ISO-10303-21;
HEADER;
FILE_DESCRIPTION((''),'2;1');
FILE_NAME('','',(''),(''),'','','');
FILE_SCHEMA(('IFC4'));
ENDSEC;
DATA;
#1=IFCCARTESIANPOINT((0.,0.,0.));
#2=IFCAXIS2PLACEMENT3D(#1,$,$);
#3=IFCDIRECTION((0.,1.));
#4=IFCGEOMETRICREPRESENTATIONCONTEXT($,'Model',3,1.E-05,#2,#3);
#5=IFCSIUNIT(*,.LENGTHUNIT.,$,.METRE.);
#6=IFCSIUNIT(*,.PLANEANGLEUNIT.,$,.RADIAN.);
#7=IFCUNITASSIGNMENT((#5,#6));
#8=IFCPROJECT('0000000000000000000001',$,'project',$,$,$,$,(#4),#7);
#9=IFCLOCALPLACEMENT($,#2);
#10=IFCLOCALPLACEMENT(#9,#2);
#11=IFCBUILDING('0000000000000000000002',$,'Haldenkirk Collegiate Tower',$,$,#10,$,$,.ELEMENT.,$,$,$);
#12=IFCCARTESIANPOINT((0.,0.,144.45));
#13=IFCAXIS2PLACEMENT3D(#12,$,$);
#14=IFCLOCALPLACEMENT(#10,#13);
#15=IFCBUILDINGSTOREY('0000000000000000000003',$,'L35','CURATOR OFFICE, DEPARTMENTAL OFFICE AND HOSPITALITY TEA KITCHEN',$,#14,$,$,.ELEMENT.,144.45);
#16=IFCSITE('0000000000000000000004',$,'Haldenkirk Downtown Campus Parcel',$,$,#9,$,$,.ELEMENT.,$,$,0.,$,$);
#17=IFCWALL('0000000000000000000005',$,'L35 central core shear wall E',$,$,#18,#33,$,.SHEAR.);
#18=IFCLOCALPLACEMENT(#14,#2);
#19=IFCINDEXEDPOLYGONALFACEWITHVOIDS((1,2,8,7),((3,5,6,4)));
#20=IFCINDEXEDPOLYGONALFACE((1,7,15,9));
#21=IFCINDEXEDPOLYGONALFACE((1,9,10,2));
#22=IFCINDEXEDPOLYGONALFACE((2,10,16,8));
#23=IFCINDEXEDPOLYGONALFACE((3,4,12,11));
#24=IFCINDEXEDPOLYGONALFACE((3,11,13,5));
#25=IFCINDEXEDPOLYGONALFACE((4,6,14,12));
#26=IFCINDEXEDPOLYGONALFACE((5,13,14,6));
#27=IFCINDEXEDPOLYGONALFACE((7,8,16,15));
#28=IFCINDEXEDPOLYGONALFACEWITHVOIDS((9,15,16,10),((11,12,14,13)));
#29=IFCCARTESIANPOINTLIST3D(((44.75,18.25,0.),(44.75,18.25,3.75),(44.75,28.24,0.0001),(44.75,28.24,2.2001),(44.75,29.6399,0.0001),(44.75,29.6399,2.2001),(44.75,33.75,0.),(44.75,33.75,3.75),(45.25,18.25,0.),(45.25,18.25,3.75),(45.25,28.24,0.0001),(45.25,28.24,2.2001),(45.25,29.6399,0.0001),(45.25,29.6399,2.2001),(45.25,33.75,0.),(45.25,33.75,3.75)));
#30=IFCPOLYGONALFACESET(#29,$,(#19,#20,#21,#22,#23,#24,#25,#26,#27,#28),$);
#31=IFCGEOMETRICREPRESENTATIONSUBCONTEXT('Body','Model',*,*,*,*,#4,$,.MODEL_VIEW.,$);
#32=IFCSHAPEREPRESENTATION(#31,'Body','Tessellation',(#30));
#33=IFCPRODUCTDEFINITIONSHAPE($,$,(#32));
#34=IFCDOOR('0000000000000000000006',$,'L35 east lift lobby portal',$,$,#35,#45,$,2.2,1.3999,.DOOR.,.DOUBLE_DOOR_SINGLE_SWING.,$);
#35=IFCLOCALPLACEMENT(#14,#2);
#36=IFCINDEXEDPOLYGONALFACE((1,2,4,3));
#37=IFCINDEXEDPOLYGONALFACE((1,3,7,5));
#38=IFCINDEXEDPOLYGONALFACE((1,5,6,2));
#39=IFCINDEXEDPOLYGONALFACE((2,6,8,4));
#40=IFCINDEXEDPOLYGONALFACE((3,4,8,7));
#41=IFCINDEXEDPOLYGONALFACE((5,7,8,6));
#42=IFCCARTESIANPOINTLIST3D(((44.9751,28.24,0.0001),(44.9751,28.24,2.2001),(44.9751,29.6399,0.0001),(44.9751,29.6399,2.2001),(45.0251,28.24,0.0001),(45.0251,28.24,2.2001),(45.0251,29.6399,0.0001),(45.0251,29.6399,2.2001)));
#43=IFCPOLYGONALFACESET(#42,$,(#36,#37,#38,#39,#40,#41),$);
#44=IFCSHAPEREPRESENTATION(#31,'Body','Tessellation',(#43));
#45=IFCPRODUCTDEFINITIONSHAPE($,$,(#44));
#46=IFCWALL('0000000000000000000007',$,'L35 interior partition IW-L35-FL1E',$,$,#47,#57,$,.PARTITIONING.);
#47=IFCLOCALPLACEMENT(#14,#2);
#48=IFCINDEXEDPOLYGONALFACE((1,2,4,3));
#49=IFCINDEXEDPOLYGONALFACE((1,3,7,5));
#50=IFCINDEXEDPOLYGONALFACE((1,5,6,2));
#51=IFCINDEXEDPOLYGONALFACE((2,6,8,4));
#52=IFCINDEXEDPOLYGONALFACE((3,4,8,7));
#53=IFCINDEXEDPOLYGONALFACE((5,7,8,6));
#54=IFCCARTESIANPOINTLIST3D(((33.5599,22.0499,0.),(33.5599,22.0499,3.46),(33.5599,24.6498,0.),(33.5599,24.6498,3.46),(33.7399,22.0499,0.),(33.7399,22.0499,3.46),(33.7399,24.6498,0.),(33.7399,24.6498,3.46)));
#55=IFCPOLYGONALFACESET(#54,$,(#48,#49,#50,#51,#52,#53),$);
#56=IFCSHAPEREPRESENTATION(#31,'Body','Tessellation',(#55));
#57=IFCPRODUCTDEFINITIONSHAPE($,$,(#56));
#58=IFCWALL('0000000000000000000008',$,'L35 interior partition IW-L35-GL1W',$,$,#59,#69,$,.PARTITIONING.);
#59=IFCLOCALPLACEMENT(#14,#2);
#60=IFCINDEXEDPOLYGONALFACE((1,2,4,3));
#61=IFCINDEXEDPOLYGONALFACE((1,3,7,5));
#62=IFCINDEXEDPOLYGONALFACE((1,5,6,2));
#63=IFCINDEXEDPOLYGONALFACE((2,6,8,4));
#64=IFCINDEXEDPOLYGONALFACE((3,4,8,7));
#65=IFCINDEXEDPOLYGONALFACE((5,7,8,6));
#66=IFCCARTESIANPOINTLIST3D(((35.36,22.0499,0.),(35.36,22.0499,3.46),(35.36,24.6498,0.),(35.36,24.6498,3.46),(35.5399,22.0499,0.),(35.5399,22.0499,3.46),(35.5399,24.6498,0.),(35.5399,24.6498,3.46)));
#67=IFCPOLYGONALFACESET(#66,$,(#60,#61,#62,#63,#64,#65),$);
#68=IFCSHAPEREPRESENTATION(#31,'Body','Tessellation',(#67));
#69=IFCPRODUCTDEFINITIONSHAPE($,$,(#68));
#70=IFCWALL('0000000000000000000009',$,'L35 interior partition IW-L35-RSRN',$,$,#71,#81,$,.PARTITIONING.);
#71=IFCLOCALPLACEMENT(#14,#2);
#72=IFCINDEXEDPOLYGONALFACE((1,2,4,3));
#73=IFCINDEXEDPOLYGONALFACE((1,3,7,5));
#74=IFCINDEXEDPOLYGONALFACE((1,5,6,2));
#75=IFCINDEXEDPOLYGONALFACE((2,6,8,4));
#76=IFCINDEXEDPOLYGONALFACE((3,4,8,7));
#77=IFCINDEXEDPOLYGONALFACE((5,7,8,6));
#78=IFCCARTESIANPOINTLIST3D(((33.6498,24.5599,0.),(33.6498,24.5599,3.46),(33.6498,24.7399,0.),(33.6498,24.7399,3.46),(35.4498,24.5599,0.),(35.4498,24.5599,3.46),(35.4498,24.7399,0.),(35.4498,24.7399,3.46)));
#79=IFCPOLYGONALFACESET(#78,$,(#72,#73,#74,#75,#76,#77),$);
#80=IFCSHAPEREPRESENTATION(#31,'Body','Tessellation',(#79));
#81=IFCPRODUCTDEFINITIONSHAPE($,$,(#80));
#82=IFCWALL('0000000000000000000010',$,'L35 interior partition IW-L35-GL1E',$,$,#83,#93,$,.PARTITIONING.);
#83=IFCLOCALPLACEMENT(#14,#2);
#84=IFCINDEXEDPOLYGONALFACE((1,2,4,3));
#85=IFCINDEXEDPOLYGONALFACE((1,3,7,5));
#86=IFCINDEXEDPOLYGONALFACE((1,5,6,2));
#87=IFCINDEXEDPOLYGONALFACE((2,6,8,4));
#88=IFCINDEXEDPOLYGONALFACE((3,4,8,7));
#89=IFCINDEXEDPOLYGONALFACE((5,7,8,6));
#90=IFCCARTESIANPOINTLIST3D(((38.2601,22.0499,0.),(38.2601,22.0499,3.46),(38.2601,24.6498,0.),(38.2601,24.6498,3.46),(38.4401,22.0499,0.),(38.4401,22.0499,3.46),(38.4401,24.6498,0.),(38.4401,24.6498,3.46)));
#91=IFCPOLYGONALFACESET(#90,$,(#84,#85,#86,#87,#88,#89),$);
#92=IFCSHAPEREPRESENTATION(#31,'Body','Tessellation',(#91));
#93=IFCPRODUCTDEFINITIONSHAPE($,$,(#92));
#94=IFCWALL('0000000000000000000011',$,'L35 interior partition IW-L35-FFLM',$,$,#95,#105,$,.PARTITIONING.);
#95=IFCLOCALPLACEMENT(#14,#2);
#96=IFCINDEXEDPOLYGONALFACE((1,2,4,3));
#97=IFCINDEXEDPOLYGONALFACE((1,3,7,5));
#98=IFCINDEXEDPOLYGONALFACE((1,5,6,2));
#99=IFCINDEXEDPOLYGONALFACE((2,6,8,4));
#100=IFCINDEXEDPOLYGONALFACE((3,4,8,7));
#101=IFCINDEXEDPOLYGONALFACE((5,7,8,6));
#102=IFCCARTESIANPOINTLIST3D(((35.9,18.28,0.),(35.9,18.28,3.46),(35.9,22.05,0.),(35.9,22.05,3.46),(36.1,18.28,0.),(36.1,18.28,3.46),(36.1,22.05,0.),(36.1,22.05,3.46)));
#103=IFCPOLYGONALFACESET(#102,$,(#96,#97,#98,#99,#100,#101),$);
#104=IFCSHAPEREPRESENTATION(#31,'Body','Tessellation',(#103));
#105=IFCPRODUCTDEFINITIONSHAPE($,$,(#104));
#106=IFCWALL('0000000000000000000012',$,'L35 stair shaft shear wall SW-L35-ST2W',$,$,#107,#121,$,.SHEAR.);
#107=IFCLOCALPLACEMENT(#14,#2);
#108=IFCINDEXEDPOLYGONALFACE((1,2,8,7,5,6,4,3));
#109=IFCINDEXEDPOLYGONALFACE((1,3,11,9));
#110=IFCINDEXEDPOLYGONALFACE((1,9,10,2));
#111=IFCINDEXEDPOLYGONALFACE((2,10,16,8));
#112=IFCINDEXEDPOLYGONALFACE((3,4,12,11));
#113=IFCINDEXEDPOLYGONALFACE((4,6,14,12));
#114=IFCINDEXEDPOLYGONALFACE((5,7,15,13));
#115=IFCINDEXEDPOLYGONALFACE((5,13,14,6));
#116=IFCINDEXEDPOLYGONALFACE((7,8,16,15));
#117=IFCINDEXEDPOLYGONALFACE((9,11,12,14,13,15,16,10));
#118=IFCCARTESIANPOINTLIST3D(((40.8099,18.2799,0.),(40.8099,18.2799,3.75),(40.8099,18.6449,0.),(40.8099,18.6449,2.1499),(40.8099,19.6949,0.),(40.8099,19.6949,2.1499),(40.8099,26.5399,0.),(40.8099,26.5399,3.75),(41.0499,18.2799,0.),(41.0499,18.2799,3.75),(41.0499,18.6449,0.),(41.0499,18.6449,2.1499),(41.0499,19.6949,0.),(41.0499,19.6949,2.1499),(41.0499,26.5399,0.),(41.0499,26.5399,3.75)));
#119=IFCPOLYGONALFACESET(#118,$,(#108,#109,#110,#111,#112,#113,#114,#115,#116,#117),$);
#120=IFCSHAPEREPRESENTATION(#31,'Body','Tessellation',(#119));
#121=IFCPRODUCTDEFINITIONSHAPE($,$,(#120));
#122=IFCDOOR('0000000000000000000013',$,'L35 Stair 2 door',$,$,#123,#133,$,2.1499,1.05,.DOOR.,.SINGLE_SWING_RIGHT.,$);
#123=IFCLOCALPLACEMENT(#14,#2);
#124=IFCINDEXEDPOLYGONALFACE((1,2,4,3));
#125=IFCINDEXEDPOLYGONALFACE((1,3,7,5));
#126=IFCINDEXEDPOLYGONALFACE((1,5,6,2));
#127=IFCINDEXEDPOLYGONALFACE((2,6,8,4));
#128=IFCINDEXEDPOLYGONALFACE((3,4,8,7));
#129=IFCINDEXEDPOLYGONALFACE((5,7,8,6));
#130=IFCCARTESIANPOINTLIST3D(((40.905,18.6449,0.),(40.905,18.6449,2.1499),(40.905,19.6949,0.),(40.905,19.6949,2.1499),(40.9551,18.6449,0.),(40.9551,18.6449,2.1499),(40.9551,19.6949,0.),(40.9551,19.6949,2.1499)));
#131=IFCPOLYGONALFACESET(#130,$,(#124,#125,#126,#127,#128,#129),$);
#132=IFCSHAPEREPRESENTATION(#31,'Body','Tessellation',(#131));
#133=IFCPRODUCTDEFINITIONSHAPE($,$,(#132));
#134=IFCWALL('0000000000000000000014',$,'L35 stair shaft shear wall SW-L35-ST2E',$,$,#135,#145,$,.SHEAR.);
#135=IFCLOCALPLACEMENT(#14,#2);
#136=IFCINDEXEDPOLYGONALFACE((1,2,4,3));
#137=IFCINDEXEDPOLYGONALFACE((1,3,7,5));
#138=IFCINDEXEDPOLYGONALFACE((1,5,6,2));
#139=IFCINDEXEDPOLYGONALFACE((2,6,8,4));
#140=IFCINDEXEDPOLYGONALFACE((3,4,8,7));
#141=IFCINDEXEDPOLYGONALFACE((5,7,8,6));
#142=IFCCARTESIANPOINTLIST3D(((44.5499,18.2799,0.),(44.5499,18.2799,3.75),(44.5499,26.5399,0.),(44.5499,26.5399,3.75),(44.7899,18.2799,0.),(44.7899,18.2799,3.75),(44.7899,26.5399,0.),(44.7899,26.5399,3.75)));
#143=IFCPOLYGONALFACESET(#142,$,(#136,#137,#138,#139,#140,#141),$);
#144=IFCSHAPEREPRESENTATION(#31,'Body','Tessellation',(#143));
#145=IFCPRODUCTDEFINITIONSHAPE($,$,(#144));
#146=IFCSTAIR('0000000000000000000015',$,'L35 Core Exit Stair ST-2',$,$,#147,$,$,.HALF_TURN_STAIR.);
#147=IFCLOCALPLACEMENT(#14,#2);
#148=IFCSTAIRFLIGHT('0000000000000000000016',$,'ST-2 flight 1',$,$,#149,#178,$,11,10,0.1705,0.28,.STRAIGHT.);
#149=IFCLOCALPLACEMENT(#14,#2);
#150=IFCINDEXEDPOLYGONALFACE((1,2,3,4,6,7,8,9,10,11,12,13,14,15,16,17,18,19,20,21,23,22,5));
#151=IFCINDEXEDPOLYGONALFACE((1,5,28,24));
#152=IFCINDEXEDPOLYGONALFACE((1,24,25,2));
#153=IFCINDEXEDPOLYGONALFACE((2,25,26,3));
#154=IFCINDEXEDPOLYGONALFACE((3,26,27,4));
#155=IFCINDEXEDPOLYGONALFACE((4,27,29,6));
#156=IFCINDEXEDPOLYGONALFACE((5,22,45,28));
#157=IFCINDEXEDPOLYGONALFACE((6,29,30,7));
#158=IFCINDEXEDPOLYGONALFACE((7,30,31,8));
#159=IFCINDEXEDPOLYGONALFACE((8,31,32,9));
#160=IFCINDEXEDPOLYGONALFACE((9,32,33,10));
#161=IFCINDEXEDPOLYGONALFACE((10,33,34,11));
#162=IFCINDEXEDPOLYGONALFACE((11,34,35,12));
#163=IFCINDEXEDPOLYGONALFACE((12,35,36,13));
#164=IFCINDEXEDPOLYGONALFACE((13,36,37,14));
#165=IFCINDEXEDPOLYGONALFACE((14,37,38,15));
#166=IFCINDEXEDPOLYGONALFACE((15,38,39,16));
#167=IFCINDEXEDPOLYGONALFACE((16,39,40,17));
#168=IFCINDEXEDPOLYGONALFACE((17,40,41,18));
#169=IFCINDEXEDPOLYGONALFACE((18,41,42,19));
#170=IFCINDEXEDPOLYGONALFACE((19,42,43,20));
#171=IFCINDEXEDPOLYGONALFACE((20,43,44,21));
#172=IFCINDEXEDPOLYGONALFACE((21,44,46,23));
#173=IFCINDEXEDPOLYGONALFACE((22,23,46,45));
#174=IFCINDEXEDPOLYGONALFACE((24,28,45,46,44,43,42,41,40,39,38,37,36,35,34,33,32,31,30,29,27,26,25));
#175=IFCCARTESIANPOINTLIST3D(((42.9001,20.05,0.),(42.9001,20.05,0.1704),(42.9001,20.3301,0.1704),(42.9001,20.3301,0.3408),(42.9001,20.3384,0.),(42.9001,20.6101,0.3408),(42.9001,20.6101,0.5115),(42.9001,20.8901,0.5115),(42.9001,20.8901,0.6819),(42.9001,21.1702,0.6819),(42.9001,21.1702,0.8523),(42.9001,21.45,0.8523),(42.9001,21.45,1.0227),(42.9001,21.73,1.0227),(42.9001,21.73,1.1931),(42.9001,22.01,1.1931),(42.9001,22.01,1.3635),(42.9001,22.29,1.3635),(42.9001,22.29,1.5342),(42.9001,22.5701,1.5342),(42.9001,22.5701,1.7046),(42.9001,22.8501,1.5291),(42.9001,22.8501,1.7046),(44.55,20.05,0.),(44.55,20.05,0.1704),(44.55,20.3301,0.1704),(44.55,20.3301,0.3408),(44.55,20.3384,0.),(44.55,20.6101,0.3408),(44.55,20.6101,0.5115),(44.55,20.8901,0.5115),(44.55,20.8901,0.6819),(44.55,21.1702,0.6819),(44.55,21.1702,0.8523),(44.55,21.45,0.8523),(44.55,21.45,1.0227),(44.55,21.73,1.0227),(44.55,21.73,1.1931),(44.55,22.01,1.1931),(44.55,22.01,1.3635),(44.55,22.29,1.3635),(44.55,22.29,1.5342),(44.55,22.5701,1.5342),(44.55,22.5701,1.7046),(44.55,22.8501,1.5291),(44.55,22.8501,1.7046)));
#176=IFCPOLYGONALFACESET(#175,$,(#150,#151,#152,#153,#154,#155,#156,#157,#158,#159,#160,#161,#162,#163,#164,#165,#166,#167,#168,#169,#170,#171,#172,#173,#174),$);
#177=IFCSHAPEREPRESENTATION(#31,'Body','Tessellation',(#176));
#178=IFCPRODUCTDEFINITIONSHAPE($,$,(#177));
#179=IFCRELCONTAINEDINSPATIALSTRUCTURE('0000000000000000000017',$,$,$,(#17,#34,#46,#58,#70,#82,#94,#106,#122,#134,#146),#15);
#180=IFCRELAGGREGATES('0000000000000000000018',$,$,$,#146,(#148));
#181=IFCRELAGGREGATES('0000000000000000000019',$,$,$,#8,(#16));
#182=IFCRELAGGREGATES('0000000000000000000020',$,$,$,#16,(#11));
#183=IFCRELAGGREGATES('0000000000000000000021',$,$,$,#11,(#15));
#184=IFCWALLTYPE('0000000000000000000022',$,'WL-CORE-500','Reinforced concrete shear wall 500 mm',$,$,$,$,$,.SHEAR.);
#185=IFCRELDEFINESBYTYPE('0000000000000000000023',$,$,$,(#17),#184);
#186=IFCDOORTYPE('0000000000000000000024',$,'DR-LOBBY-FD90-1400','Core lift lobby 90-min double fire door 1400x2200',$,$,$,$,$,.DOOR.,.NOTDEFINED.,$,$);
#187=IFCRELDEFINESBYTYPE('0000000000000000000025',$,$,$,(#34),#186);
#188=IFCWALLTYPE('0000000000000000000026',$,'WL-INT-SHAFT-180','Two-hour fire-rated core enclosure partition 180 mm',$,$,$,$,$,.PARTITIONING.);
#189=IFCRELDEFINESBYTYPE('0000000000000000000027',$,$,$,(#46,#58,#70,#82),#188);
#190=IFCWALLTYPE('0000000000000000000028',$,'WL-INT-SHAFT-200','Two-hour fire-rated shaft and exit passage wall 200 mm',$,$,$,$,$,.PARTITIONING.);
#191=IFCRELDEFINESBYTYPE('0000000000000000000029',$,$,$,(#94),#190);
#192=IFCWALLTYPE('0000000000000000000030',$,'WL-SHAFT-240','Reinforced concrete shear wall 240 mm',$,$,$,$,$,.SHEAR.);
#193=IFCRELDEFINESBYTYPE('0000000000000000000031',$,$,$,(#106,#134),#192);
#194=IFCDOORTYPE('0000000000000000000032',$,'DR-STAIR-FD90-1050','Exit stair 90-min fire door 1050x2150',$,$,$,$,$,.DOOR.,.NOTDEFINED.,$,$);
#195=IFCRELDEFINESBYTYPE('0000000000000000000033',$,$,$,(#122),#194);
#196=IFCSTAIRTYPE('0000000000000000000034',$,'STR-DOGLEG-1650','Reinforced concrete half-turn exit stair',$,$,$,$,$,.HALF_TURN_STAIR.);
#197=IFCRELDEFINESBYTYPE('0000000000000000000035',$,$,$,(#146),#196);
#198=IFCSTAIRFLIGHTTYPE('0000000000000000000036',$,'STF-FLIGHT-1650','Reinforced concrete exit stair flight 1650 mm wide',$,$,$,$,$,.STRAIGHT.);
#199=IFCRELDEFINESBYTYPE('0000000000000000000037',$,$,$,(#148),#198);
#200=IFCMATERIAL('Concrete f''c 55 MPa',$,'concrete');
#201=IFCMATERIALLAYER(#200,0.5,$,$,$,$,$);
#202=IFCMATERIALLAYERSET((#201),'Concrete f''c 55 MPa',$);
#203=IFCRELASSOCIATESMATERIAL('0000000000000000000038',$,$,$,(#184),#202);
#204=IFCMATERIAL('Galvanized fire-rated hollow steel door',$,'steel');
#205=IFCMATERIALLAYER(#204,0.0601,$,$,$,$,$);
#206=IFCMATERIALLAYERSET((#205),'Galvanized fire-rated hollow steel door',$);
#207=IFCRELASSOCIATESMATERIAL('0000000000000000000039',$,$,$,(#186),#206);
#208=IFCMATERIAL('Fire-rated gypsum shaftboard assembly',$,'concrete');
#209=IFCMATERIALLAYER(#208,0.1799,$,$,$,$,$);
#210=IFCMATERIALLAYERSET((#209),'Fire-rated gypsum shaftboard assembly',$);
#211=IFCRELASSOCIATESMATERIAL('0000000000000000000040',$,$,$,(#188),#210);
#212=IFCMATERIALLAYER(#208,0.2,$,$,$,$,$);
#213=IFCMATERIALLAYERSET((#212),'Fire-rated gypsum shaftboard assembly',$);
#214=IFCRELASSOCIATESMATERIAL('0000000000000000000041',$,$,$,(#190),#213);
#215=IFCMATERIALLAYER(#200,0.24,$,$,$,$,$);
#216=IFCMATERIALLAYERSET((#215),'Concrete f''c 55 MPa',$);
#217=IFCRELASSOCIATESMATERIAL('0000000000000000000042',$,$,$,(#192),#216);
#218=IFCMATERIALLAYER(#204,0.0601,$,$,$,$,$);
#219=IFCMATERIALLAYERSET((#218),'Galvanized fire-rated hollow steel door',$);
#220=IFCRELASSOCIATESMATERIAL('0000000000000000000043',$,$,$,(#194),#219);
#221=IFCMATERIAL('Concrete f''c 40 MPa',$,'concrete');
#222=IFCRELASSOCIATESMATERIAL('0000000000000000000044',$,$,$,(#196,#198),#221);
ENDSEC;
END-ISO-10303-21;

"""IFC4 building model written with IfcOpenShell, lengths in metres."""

from ifc_helpers import new_model, si_unit, direction, frame, frame_2d, origin, place, context, subcontext, project, spatial, polyline, rectangle, outline, extrude, material, layer, layer_set, type_object, element, fill, aggregate, save


model = new_model("IFC4")

# Units and contexts
model_context = context("Model", 3, precision=1e-05, world=origin(), true_north=direction((0.0, 1.0)))
body_context = subcontext(model_context, "Body", "Model", "MODEL_VIEW")
ifc_project = project(units=[si_unit("LENGTHUNIT", "METRE"), si_unit("PLANEANGLEUNIT", "RADIAN")], contexts=[model_context])

# Site, building, storey
site_placement = place(None, origin())
site = spatial("IfcSite", under=ifc_project, at=site_placement, Name="Haldenkirk Downtown Campus Parcel", CompositionType="ELEMENT", RefElevation=0.0)
building_placement = place(site_placement, origin())
building = spatial("IfcBuilding", under=site, at=building_placement, Name="Haldenkirk Collegiate Tower", CompositionType="ELEMENT")
storey_placement = place(building_placement, frame((0.0, 0.0, 144.45)))
storey = spatial("IfcBuildingStorey", under=building, at=storey_placement, Name="L35", Description="CURATOR OFFICE, DEPARTMENTAL OFFICE AND HOSPITALITY TEA KITCHEN", CompositionType="ELEMENT", Elevation=144.45)

# Wall, opening, door
ifc_material_1 = material(Name="Concrete f'c 55 MPa", Category="concrete")
ifc_layer_1 = layer(ifc_material_1, 0.5)
ifc_layer_set_1 = layer_set([ifc_layer_1], Name="Concrete f'c 55 MPa")
wall_type_1 = type_object("IfcWallType", Name="WL-CORE-500", Description="Reinforced concrete shear wall 500 mm", PredefinedType="SHEAR", material=ifc_layer_set_1)
wall_1_placement = place(storey_placement, frame((45.0, 18.25, 0.0), z_axis=(0.0, 0.0, 1.0), x_axis=(0.0, 1.0, 0.0)))
wall_1 = element("IfcWall", 1, at=wall_1_placement, inside=storey, type_object=wall_type_1, Name="L35 central core shear wall E", PredefinedType="SHEAR", context=body_context, shape_type="SweptSolid", body=[
    extrude(rectangle(XDim=15.5, YDim=0.5, at=frame_2d((7.75, 0.0))), origin(), (0.0, 0.0, 1.0), 3.75),
])
opening_1_placement = place(wall_1_placement, frame((9.99, 0.0, 0.0)))
opening_1 = element("IfcOpeningElement", 2, at=opening_1_placement, cuts=wall_1, PredefinedType="OPENING", context=body_context, shape_type="SweptSolid", body=[
    extrude(rectangle(XDim=1.3999, YDim=2.2, at=frame_2d((0.7, 1.1001))), frame((0.0, 0.26, 0.0), z_axis=(0.0, -1.0, 0.0), x_axis=(1.0, 0.0, 0.0)), (0.0, 0.0, 1.0), 0.52),
])
ifc_material_2 = material(Name="Galvanized fire-rated hollow steel door", Category="steel")
ifc_layer_2 = layer(ifc_material_2, 0.0601)
ifc_layer_set_2 = layer_set([ifc_layer_2], Name="Galvanized fire-rated hollow steel door")
door_type_1 = type_object("IfcDoorType", Name="DR-LOBBY-FD90-1400", Description="Core lift lobby 90-min double fire door 1400x2200", OperationType="NOTDEFINED", PredefinedType="DOOR", material=ifc_layer_set_2)
door_1_placement = place(opening_1_placement, origin())
door_1 = element("IfcDoor", 3, at=door_1_placement, inside=storey, type_object=door_type_1, Name="L35 east lift lobby portal", OperationType="DOUBLE_DOOR_SINGLE_SWING", OverallHeight=2.2, OverallWidth=1.3999, PredefinedType="DOOR", context=body_context, shape_type="SweptSolid", body=[
    extrude(rectangle(XDim=1.3999, YDim=2.2, at=frame_2d((0.7, 1.1001))), frame((0.0, 0.0249, 0.0), z_axis=(0.0, -1.0, 0.0), x_axis=(1.0, 0.0, 0.0)), (0.0, 0.0, 1.0), 0.05),
])
fill(opening_1, door_1)

# Walls
ifc_material_3 = material(Name="Fire-rated gypsum shaftboard assembly", Category="concrete")
ifc_layer_3 = layer(ifc_material_3, 0.1799)
ifc_layer_set_3 = layer_set([ifc_layer_3], Name="Fire-rated gypsum shaftboard assembly")
wall_type_2 = type_object("IfcWallType", Name="WL-INT-SHAFT-180", Description="Two-hour fire-rated core enclosure partition 180 mm", PredefinedType="PARTITIONING", material=ifc_layer_set_3)
for number, where, z_axis, x_axis, name in (
    (4, (33.6499, 22.05, 0.0), (0.0, 0.0, 1.0), (0.0, 1.0, 0.0), "L35 interior partition IW-L35-FL1E"),
    (5, (35.45, 22.05, 0.0), (0.0, 0.0, 1.0), (0.0, 1.0, 0.0), "L35 interior partition IW-L35-GL1W"),
):
    element("IfcWall", number, at=place(storey_placement, frame(where, z_axis=z_axis, x_axis=x_axis)), inside=storey, type_object=wall_type_2, Name=name, PredefinedType="PARTITIONING", context=body_context, shape_type="SweptSolid", body=[
        extrude(rectangle(XDim=2.5999, YDim=0.1799, at=frame_2d((1.2998, 0.0))), origin(), (0.0, 0.0, 1.0), 3.46),
    ])
wall_2_placement = place(storey_placement, frame((33.6499, 24.6499, 0.0), z_axis=(0.0, 0.0, 1.0), x_axis=(1.0, 0.0, 0.0)))
element("IfcWall", 6, at=wall_2_placement, inside=storey, type_object=wall_type_2, Name="L35 interior partition IW-L35-RSRN", PredefinedType="PARTITIONING", context=body_context, shape_type="SweptSolid", body=[
    extrude(rectangle(XDim=1.8, YDim=0.1799, at=frame_2d((0.8999, 0.0))), origin(), (0.0, 0.0, 1.0), 3.46),
])
wall_3_placement = place(storey_placement, frame((38.3501, 22.05, 0.0), z_axis=(0.0, 0.0, 1.0), x_axis=(0.0, 1.0, 0.0)))
element("IfcWall", 7, at=wall_3_placement, inside=storey, type_object=wall_type_2, Name="L35 interior partition IW-L35-GL1E", PredefinedType="PARTITIONING", context=body_context, shape_type="SweptSolid", body=[
    extrude(rectangle(XDim=2.5999, YDim=0.1799, at=frame_2d((1.2998, 0.0))), origin(), (0.0, 0.0, 1.0), 3.46),
])
ifc_layer_4 = layer(ifc_material_3, 0.2)
ifc_layer_set_4 = layer_set([ifc_layer_4], Name="Fire-rated gypsum shaftboard assembly")
wall_type_3 = type_object("IfcWallType", Name="WL-INT-SHAFT-200", Description="Two-hour fire-rated shaft and exit passage wall 200 mm", PredefinedType="PARTITIONING", material=ifc_layer_set_4)
wall_4_placement = place(storey_placement, frame((36.0, 18.28, 0.0), z_axis=(0.0, 0.0, 1.0), x_axis=(0.0, 1.0, 0.0)))
element("IfcWall", 8, at=wall_4_placement, inside=storey, type_object=wall_type_3, Name="L35 interior partition IW-L35-FFLM", PredefinedType="PARTITIONING", context=body_context, shape_type="SweptSolid", body=[
    extrude(rectangle(XDim=3.77, YDim=0.2, at=frame_2d((1.885, 0.0))), origin(), (0.0, 0.0, 1.0), 3.46),
])

# Wall, opening, door
ifc_layer_5 = layer(ifc_material_1, 0.24)
ifc_layer_set_5 = layer_set([ifc_layer_5], Name="Concrete f'c 55 MPa")
wall_type_4 = type_object("IfcWallType", Name="WL-SHAFT-240", Description="Reinforced concrete shear wall 240 mm", PredefinedType="SHEAR", material=ifc_layer_set_5)
wall_5_placement = place(storey_placement, frame((40.9299, 18.28, 0.0), z_axis=(0.0, 0.0, 1.0), x_axis=(0.0, 1.0, 0.0)))
wall_5 = element("IfcWall", 9, at=wall_5_placement, inside=storey, type_object=wall_type_4, Name="L35 stair shaft shear wall SW-L35-ST2W", PredefinedType="SHEAR", context=body_context, shape_type="SweptSolid", body=[
    extrude(rectangle(XDim=8.26, YDim=0.24, at=frame_2d((4.1299, 0.0))), origin(), (0.0, 0.0, 1.0), 3.75),
])
opening_2_placement = place(wall_5_placement, frame((0.365, 0.0, 0.0)))
opening_2 = element("IfcOpeningElement", 10, at=opening_2_placement, cuts=wall_5, PredefinedType="OPENING", context=body_context, shape_type="SweptSolid", body=[
    extrude(rectangle(XDim=1.05, YDim=2.1499, at=frame_2d((0.5249, 1.075))), frame((0.0, 0.1299, 0.0), z_axis=(0.0, -1.0, 0.0), x_axis=(1.0, 0.0, 0.0)), (0.0, 0.0, 1.0), 0.26),
])
ifc_layer_6 = layer(ifc_material_2, 0.0601)
ifc_layer_set_6 = layer_set([ifc_layer_6], Name="Galvanized fire-rated hollow steel door")
door_type_2 = type_object("IfcDoorType", Name="DR-STAIR-FD90-1050", Description="Exit stair 90-min fire door 1050x2150", OperationType="NOTDEFINED", PredefinedType="DOOR", material=ifc_layer_set_6)
door_2_placement = place(opening_2_placement, origin())
door_2 = element("IfcDoor", 11, at=door_2_placement, inside=storey, type_object=door_type_2, Name="L35 Stair 2 door", OperationType="SINGLE_SWING_RIGHT", OverallHeight=2.1499, OverallWidth=1.05, PredefinedType="DOOR", context=body_context, shape_type="SweptSolid", body=[
    extrude(rectangle(XDim=1.05, YDim=2.1499, at=frame_2d((0.5249, 1.075))), frame((0.0, 0.0249, 0.0), z_axis=(0.0, -1.0, 0.0), x_axis=(1.0, 0.0, 0.0)), (0.0, 0.0, 1.0), 0.05),
])
fill(opening_2, door_2)

# Wall
wall_6_placement = place(storey_placement, frame((44.6699, 18.28, 0.0), z_axis=(0.0, 0.0, 1.0), x_axis=(0.0, 1.0, 0.0)))
element("IfcWall", 12, at=wall_6_placement, inside=storey, type_object=wall_type_4, Name="L35 stair shaft shear wall SW-L35-ST2E", PredefinedType="SHEAR", context=body_context, shape_type="SweptSolid", body=[
    extrude(rectangle(XDim=8.26, YDim=0.24, at=frame_2d((4.1299, 0.0))), origin(), (0.0, 0.0, 1.0), 3.75),
])

# Stair, stair flight
ifc_material_4 = material(Name="Concrete f'c 40 MPa", Category="concrete")
stair_type = type_object("IfcStairType", Name="STR-DOGLEG-1650", Description="Reinforced concrete half-turn exit stair", PredefinedType="HALF_TURN_STAIR", material=ifc_material_4)
stair_placement = place(storey_placement, origin())
stair = element("IfcStair", 13, at=stair_placement, inside=storey, type_object=stair_type, Name="L35 Core Exit Stair ST-2", PredefinedType="HALF_TURN_STAIR")
stair_flight_type = type_object("IfcStairFlightType", Name="STF-FLIGHT-1650", Description="Reinforced concrete exit stair flight 1650 mm wide", PredefinedType="STRAIGHT", material=ifc_material_4)
stair_flight_1_placement = place(storey_placement, frame((43.7251, 20.05, 0.0), z_axis=(0.0, 0.0, 1.0), x_axis=(0.0, 1.0, 0.0)))
stair_flight_1 = element("IfcStairFlight", 14, at=stair_flight_1_placement, type_object=stair_flight_type, Name="ST-2 flight 1", NumberOfRisers=11, NumberOfTreads=10, PredefinedType="STRAIGHT", RiserHeight=0.1705, TreadLength=0.28, context=body_context, shape_type="SweptSolid", body=[
    extrude(outline(polyline([(0.0, 0.0), (0.0, 0.1704), (0.28, 0.1704), (0.28, 0.3408), (0.5601, 0.3408), (0.5601, 0.5115), (0.8401, 0.5115), (0.8401, 0.6819), (1.1201, 0.6819), (1.1201, 0.8523), (1.3999, 0.8523), (1.3999, 1.0227), (1.6799, 1.0227), (1.6799, 1.1931), (1.96, 1.1931), (1.96, 1.3635), (2.24, 1.3635), (2.24, 1.5342), (2.52, 1.5342), (2.52, 1.7046), (2.8, 1.7046), (2.8, 1.875), (2.8, 1.5291), (0.2883, 0.0), (0.0, 0.0)])), frame((0.0, 0.825, 0.0), z_axis=(0.0, -1.0, 0.0), x_axis=(1.0, 0.0, 0.0)), (0.0, 0.0, 1.0), 1.6499),
])
aggregate(stair, [stair_flight_1])

save(model, "model.ifc")
